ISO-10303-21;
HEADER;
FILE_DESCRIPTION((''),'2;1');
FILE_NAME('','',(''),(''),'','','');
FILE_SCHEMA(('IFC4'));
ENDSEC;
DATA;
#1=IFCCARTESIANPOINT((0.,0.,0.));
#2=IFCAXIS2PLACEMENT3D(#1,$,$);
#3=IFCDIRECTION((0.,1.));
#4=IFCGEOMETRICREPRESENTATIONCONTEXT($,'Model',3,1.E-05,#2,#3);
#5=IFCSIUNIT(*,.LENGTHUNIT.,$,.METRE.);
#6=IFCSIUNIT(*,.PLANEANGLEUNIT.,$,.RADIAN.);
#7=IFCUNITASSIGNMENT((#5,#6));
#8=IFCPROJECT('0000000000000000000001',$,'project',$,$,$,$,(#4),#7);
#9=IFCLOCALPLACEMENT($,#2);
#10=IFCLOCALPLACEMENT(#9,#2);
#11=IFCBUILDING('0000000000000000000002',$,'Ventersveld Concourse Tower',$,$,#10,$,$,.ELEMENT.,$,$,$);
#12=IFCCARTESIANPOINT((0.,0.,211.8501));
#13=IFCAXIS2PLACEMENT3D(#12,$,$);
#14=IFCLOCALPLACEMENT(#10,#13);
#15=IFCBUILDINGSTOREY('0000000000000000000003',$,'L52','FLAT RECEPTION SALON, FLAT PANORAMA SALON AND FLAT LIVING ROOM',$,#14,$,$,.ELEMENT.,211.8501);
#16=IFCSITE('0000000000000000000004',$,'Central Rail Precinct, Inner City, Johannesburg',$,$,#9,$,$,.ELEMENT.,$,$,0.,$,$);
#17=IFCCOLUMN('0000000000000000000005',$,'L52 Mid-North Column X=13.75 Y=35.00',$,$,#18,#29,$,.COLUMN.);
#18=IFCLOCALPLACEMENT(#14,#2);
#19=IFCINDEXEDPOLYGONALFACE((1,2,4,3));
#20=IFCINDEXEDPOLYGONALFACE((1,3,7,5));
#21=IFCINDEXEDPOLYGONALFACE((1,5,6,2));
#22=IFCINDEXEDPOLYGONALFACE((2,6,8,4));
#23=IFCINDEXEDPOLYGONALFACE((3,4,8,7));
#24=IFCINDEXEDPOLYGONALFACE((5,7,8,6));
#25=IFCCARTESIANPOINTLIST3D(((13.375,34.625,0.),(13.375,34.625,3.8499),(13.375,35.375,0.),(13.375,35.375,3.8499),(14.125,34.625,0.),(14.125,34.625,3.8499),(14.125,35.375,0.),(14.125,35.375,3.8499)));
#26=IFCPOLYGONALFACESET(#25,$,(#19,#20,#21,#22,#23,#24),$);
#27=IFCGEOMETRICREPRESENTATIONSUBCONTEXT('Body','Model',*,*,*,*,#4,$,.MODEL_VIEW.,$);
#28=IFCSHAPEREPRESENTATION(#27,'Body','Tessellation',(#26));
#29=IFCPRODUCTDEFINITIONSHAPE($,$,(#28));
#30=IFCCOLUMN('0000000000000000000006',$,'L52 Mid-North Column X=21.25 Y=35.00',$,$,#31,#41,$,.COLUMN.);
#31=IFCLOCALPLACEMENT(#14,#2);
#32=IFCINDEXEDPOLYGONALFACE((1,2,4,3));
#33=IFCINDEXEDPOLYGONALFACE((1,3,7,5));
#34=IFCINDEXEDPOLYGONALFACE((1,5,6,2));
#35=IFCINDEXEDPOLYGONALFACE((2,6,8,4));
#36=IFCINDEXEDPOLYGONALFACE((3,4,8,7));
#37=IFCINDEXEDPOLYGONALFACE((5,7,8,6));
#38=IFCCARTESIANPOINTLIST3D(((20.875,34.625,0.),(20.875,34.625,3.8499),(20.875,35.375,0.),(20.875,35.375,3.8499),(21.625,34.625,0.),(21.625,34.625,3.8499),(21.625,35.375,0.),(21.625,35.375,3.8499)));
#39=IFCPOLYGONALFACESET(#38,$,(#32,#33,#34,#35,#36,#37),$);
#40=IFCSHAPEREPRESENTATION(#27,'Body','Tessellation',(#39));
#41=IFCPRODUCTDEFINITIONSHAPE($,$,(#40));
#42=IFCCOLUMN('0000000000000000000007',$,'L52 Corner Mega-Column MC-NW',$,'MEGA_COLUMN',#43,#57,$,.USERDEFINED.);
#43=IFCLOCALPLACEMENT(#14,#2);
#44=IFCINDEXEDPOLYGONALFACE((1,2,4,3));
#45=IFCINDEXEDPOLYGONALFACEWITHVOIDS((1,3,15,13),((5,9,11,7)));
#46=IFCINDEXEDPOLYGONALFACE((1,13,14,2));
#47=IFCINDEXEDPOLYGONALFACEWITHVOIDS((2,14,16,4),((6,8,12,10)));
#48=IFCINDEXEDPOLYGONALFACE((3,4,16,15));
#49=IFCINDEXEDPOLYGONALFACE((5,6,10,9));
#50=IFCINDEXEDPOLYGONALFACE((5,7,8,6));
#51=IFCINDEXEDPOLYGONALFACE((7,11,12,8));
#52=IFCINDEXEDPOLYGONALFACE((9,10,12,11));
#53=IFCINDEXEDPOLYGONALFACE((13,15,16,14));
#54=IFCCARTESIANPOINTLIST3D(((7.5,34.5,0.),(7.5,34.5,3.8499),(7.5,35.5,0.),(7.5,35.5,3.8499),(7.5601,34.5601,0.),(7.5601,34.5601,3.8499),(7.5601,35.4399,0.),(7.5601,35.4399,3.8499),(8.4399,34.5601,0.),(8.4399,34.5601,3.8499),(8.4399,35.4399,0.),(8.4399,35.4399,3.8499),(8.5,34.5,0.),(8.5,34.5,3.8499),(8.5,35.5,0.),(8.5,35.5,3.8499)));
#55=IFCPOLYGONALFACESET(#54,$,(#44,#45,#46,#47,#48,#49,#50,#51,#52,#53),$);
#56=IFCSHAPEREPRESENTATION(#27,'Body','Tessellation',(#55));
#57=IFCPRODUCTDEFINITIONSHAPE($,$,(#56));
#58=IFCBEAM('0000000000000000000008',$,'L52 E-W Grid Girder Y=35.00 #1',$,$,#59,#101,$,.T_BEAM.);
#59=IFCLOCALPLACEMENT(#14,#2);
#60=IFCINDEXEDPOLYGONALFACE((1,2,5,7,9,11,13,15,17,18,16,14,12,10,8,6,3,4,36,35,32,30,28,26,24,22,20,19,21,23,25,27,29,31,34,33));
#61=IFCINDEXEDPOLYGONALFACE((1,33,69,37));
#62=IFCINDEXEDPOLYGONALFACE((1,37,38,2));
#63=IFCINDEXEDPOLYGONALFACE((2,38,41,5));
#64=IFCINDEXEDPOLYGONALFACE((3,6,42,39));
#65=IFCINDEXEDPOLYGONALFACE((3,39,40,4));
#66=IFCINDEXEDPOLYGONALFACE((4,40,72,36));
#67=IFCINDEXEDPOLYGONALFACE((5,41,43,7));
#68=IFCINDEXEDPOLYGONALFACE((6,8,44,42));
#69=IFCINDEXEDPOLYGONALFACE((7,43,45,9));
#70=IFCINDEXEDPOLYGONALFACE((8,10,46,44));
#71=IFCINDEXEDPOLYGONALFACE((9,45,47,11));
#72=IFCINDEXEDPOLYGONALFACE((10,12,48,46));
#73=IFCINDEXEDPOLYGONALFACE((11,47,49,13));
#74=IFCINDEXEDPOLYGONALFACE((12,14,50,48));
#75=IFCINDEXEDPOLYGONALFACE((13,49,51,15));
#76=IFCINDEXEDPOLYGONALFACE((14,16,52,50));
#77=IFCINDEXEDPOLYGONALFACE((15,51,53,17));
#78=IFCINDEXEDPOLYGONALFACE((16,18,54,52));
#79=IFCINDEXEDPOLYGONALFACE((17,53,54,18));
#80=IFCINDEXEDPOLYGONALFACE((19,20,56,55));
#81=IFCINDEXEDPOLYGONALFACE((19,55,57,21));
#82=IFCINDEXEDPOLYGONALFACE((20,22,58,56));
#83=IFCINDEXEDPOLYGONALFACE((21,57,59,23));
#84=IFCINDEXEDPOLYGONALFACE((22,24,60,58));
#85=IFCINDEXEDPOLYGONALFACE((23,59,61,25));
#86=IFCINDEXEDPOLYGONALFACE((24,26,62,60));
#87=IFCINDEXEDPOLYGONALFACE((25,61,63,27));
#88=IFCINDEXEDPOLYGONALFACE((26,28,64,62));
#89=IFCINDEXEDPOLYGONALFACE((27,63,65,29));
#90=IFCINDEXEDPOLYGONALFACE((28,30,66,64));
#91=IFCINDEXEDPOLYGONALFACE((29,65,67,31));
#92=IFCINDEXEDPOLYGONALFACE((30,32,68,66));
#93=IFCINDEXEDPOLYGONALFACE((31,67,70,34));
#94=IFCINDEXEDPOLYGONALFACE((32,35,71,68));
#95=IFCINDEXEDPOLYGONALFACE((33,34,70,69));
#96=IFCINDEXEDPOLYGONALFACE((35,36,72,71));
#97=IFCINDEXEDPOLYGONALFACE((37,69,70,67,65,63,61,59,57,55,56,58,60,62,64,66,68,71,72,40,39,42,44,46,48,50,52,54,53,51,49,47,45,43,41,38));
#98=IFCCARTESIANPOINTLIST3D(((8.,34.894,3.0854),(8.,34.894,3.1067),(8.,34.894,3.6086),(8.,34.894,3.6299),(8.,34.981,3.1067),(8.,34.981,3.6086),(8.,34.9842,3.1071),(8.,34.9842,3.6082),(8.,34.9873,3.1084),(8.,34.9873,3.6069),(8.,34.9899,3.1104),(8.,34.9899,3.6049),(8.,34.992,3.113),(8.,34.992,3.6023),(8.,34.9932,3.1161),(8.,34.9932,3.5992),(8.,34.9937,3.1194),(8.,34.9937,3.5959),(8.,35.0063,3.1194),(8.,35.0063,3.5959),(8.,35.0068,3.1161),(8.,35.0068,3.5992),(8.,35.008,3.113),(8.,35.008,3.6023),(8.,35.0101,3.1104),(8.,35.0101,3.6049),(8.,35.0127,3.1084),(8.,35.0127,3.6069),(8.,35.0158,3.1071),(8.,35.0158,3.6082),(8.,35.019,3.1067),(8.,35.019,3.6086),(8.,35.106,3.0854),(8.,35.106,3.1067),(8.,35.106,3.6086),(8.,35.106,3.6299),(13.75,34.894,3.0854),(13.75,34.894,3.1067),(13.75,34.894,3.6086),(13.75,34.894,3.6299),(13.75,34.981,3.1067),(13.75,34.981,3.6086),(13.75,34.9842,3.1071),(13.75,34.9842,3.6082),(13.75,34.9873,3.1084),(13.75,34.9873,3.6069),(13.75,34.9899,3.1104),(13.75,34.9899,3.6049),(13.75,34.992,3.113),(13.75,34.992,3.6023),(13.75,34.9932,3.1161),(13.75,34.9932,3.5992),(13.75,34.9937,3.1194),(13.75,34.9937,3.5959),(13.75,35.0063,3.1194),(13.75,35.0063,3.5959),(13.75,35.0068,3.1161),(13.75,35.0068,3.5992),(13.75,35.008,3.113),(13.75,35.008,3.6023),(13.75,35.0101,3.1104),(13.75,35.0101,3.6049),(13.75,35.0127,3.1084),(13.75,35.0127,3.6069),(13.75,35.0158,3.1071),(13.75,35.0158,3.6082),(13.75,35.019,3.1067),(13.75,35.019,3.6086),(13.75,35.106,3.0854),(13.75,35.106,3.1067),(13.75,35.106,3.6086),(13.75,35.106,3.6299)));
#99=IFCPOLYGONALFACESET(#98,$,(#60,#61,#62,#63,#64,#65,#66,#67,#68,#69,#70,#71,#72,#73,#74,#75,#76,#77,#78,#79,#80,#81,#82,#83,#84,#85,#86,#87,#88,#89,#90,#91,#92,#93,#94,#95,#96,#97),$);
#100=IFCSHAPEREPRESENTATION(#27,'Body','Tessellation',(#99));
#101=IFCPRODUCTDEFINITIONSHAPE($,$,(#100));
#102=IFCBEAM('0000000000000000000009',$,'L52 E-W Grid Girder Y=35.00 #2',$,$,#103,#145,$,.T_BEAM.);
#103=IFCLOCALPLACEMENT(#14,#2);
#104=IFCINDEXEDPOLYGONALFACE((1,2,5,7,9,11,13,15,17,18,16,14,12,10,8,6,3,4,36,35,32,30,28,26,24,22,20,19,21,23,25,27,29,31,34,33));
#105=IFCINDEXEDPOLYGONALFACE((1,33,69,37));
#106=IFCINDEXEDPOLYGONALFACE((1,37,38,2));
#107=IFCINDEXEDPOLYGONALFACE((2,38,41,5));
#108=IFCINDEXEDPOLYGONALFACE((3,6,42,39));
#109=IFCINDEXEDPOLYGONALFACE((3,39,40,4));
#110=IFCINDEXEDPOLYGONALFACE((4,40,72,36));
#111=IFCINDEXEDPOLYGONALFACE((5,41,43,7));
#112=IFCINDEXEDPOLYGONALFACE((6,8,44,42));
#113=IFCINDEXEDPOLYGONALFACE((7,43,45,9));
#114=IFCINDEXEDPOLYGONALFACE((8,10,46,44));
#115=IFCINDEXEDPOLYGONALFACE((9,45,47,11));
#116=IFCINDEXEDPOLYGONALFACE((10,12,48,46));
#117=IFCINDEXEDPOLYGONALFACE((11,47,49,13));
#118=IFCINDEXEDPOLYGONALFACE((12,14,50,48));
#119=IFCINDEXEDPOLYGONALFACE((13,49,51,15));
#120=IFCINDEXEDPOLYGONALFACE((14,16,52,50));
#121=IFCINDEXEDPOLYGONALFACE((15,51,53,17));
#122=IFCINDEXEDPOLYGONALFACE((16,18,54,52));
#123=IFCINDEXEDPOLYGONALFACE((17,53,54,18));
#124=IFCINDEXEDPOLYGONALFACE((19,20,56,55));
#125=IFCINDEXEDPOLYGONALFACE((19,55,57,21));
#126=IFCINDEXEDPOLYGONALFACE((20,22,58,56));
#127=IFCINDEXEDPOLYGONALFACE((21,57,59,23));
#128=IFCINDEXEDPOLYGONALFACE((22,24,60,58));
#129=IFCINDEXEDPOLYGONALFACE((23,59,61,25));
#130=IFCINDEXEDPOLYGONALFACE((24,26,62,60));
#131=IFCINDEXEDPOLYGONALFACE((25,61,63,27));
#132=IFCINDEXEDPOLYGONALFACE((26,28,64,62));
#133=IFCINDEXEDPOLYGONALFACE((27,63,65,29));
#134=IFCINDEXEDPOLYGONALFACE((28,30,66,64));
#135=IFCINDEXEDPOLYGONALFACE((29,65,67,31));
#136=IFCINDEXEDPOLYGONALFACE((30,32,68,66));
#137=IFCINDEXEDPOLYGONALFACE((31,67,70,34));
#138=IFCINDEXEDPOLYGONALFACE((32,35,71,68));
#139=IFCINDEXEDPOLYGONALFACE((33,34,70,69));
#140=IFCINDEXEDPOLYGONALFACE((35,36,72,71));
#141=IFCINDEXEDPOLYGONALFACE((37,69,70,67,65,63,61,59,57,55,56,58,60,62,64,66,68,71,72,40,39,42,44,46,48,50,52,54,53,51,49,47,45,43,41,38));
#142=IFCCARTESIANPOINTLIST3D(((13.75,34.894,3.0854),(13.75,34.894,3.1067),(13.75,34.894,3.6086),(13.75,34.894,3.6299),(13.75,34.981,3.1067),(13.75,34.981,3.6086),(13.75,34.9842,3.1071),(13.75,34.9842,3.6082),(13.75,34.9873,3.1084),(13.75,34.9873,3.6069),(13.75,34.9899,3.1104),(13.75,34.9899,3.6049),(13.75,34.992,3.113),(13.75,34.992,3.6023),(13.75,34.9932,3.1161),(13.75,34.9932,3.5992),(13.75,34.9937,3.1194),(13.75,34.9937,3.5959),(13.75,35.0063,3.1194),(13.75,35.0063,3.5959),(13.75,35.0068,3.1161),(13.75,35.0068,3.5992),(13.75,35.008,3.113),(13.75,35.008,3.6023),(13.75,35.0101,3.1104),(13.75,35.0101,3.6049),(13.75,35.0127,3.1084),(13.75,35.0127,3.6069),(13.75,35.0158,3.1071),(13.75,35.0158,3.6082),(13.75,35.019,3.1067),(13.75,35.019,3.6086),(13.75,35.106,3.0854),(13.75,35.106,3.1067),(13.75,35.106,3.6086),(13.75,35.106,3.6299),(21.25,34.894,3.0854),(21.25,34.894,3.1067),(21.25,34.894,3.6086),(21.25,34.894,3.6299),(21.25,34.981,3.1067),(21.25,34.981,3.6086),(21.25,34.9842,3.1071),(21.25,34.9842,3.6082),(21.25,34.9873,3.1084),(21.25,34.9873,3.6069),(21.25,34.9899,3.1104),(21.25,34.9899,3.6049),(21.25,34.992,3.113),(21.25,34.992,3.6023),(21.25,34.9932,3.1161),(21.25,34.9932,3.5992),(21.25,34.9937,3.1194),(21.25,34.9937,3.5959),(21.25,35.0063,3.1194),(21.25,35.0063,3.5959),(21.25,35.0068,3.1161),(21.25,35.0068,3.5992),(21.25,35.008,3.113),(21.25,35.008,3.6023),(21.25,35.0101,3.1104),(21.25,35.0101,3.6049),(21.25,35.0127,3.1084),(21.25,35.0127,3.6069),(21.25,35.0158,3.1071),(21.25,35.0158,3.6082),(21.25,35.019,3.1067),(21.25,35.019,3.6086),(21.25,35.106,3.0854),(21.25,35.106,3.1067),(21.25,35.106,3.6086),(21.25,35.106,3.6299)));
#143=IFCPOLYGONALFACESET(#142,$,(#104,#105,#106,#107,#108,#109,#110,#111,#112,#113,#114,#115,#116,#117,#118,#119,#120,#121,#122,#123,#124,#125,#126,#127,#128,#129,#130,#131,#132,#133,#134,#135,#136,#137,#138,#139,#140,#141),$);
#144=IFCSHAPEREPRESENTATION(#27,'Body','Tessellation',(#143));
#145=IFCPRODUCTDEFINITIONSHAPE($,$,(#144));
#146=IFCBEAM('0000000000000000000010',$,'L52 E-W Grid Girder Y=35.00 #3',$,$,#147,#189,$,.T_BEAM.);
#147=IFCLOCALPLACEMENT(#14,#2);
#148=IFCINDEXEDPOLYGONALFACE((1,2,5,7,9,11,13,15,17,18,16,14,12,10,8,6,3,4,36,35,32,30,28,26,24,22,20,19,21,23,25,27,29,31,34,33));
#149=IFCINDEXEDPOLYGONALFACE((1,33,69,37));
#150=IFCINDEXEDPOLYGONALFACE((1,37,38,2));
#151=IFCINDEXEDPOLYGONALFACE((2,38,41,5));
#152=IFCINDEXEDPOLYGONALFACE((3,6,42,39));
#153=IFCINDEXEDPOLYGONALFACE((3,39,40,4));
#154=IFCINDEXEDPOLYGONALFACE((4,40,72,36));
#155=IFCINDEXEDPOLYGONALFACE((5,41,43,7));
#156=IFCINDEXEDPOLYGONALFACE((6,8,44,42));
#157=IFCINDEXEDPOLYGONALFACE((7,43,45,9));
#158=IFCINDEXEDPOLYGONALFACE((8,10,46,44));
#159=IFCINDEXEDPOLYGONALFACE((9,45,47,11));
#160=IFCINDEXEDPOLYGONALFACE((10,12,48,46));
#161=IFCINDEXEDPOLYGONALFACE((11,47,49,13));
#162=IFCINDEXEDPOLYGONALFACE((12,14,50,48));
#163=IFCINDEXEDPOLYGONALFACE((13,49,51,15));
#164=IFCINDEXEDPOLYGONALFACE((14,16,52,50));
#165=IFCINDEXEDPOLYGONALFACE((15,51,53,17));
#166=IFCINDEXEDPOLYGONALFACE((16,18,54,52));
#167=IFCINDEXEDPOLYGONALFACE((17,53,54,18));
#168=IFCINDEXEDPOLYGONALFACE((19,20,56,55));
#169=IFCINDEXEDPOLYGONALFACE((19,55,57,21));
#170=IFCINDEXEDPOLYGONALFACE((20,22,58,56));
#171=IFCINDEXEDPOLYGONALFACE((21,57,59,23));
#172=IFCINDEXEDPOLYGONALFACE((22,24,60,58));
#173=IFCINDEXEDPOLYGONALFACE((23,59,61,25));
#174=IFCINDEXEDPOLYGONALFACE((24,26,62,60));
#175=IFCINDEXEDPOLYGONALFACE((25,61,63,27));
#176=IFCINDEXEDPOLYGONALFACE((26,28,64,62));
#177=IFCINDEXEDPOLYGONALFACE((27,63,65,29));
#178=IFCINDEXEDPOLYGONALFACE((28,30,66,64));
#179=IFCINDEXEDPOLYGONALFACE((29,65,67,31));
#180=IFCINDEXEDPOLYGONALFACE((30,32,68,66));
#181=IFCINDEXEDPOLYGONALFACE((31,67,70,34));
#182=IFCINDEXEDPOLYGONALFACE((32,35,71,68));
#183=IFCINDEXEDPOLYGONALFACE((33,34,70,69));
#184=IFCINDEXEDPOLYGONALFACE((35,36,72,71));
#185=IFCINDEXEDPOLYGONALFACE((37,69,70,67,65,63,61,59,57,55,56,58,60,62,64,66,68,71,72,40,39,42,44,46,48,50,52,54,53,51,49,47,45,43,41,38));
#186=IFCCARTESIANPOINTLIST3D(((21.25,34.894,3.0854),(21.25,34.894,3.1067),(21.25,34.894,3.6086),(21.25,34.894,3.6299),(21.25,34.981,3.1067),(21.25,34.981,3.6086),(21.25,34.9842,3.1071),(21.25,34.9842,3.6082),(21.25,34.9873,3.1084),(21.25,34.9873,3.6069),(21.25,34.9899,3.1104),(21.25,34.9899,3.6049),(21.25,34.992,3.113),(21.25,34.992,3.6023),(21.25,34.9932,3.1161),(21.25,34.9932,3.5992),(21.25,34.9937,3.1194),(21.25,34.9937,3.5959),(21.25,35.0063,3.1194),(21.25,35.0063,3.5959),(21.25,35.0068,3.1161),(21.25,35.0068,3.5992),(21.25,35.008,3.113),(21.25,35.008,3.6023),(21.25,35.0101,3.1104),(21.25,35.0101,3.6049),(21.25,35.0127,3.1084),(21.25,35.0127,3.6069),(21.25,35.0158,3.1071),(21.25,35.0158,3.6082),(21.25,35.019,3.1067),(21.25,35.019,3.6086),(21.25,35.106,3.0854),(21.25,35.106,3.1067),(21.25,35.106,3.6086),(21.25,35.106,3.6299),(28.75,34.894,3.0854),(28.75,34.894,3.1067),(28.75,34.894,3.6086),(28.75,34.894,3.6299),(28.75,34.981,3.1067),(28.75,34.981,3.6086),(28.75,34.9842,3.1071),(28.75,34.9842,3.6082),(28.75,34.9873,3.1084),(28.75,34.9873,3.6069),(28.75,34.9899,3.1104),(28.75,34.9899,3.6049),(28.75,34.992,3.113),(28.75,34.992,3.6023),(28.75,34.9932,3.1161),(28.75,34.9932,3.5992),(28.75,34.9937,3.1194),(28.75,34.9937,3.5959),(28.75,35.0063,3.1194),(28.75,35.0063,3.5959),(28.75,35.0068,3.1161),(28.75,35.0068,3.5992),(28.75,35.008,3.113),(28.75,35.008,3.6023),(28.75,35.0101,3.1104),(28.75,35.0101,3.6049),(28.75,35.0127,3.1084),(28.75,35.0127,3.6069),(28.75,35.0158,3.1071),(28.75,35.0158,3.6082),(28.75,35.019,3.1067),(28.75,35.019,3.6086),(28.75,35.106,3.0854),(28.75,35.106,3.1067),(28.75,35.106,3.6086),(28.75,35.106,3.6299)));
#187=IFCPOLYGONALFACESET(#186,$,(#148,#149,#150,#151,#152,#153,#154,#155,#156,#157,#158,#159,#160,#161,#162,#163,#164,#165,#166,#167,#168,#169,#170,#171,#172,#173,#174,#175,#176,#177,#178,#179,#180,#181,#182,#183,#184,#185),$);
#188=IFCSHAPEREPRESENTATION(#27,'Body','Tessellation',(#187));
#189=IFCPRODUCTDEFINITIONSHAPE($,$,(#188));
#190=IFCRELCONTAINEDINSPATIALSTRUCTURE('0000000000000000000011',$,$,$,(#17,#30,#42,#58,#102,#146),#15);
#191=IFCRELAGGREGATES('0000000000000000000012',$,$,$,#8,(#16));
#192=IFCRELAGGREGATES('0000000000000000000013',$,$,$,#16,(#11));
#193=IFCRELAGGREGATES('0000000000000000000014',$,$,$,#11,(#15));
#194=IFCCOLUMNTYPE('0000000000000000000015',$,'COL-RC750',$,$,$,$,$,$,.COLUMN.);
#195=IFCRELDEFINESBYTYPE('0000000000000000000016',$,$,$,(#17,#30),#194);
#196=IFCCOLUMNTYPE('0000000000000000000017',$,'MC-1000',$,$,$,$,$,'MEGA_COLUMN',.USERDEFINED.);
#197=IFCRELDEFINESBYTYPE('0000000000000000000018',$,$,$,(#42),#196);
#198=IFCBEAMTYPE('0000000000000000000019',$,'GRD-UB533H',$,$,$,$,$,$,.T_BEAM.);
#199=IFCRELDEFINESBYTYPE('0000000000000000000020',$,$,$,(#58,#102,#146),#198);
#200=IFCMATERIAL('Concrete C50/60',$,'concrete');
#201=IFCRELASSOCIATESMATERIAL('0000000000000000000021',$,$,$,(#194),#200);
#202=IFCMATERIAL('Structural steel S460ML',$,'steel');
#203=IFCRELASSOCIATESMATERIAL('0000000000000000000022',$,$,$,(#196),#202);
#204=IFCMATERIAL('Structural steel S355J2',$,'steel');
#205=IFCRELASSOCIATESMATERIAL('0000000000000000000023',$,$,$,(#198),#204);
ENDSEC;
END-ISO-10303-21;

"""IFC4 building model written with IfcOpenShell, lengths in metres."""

from ifc_helpers import new_model, si_unit, direction, frame, origin, origin_2d, place, context, subcontext, project, spatial, rectangle, hollow_rectangle, i_section, extrude, material, material_profile, profile_set, type_object, element, save


model = new_model("IFC4")

# Units and contexts
model_context = context("Model", 3, precision=1e-05, world=origin(), true_north=direction((0.0, 1.0)))
body_context = subcontext(model_context, "Body", "Model", "MODEL_VIEW")
ifc_project = project(units=[si_unit("LENGTHUNIT", "METRE"), si_unit("PLANEANGLEUNIT", "RADIAN")], contexts=[model_context])

# Site, building, storey
site_placement = place(None, origin())
site = spatial("IfcSite", under=ifc_project, at=site_placement, Name="Central Rail Precinct, Inner City, Johannesburg", CompositionType="ELEMENT", RefElevation=0.0)
building_placement = place(site_placement, origin())
building = spatial("IfcBuilding", under=site, at=building_placement, Name="Ventersveld Concourse Tower", CompositionType="ELEMENT")
storey_placement = place(building_placement, frame((0.0, 0.0, 211.8501)))
storey = spatial("IfcBuildingStorey", under=building, at=storey_placement, Name="L52", Description="FLAT RECEPTION SALON, FLAT PANORAMA SALON AND FLAT LIVING ROOM", CompositionType="ELEMENT", Elevation=211.8501)

# Columns
ifc_material_1 = material(Name="Concrete C50/60", Category="concrete")
ifc_material_profile_1 = material_profile(ifc_material_1, rectangle(XDim=0.75, YDim=0.75, at=origin_2d()), Name="RC 750x750")
ifc_profile_set_1 = profile_set([ifc_material_profile_1], Name="Concrete C50/60")
column_type_1 = type_object("IfcColumnType", Name="COL-RC750", PredefinedType="COLUMN", material=ifc_profile_set_1)
for number, where, z_axis, x_axis, name in (
    (1, (13.75, 35.0, 0.0), (0.0, 0.0, 1.0), (1.0, 0.0, 0.0), "L52 Mid-North Column X=13.75 Y=35.00"),
    (2, (21.25, 35.0, 0.0), (0.0, 0.0, 1.0), (1.0, 0.0, 0.0), "L52 Mid-North Column X=21.25 Y=35.00"),
):
    element("IfcColumn", number, at=place(storey_placement, frame(where, z_axis=z_axis, x_axis=x_axis)), inside=storey, type_object=column_type_1, Name=name, PredefinedType="COLUMN", context=body_context, shape_type="SweptSolid", body=[
        extrude(rectangle(XDim=0.75, YDim=0.75, at=origin_2d()), origin(), (0.0, 0.0, 1.0), 3.8499),
    ])
ifc_material_2 = material(Name="Structural steel S460ML", Category="steel")
ifc_material_profile_2 = material_profile(ifc_material_2, hollow_rectangle(XDim=1.0, YDim=1.0, WallThickness=0.0601, at=origin_2d()), Name="BOX 1000x1000x60")
ifc_profile_set_2 = profile_set([ifc_material_profile_2], Name="Structural steel S460ML")
column_type_2 = type_object("IfcColumnType", Name="MC-1000", ElementType="MEGA_COLUMN", PredefinedType="USERDEFINED", material=ifc_profile_set_2)
column_placement = place(storey_placement, frame((8.0, 35.0, 0.0), z_axis=(0.0, 0.0, 1.0), x_axis=(1.0, 0.0, 0.0)))
element("IfcColumn", 3, at=column_placement, inside=storey, type_object=column_type_2, Name="L52 Corner Mega-Column MC-NW", ObjectType="MEGA_COLUMN", PredefinedType="USERDEFINED", context=body_context, shape_type="SweptSolid", body=[
    extrude(hollow_rectangle(XDim=1.0, YDim=1.0, WallThickness=0.0601, at=origin_2d()), origin(), (0.0, 0.0, 1.0), 3.8499),
])

# Beams
ifc_material_3 = material(Name="Structural steel S355J2", Category="steel")
ifc_material_profile_3 = material_profile(ifc_material_3, i_section(OverallWidth=0.2119, OverallDepth=0.5444, WebThickness=0.0127, FlangeThickness=0.0212, FilletRadius=0.0127, at=origin_2d()), Name="UB 533x210x122")
ifc_profile_set_3 = profile_set([ifc_material_profile_3], Name="Structural steel S355J2")
beam_type = type_object("IfcBeamType", Name="GRD-UB533H", PredefinedType="T_BEAM", material=ifc_profile_set_3)
beam_placement = place(storey_placement, frame((8.0, 35.0, 3.3577), z_axis=(1.0, 0.0, 0.0), x_axis=(0.0, 1.0, 0.0)))
element("IfcBeam", 4, at=beam_placement, inside=storey, type_object=beam_type, Name="L52 E-W Grid Girder Y=35.00 #1", PredefinedType="T_BEAM", context=body_context, shape_type="SweptSolid", body=[
    extrude(i_section(OverallWidth=0.2119, OverallDepth=0.5444, WebThickness=0.0127, FlangeThickness=0.0212, FilletRadius=0.0127, at=origin_2d()), origin(), (0.0, 0.0, 1.0), 5.75),
])
for number, where, z_axis, x_axis, name in (
    (5, (13.75, 35.0, 3.3577), (1.0, 0.0, 0.0), (0.0, 1.0, 0.0), "L52 E-W Grid Girder Y=35.00 #2"),
    (6, (21.25, 35.0, 3.3577), (1.0, 0.0, 0.0), (0.0, 1.0, 0.0), "L52 E-W Grid Girder Y=35.00 #3"),
):
    element("IfcBeam", number, at=place(storey_placement, frame(where, z_axis=z_axis, x_axis=x_axis)), inside=storey, type_object=beam_type, Name=name, PredefinedType="T_BEAM", context=body_context, shape_type="SweptSolid", body=[
        extrude(i_section(OverallWidth=0.2119, OverallDepth=0.5444, WebThickness=0.0127, FlangeThickness=0.0212, FilletRadius=0.0127, at=origin_2d()), origin(), (0.0, 0.0, 1.0), 7.5),
    ])

save(model, "model.ifc")
